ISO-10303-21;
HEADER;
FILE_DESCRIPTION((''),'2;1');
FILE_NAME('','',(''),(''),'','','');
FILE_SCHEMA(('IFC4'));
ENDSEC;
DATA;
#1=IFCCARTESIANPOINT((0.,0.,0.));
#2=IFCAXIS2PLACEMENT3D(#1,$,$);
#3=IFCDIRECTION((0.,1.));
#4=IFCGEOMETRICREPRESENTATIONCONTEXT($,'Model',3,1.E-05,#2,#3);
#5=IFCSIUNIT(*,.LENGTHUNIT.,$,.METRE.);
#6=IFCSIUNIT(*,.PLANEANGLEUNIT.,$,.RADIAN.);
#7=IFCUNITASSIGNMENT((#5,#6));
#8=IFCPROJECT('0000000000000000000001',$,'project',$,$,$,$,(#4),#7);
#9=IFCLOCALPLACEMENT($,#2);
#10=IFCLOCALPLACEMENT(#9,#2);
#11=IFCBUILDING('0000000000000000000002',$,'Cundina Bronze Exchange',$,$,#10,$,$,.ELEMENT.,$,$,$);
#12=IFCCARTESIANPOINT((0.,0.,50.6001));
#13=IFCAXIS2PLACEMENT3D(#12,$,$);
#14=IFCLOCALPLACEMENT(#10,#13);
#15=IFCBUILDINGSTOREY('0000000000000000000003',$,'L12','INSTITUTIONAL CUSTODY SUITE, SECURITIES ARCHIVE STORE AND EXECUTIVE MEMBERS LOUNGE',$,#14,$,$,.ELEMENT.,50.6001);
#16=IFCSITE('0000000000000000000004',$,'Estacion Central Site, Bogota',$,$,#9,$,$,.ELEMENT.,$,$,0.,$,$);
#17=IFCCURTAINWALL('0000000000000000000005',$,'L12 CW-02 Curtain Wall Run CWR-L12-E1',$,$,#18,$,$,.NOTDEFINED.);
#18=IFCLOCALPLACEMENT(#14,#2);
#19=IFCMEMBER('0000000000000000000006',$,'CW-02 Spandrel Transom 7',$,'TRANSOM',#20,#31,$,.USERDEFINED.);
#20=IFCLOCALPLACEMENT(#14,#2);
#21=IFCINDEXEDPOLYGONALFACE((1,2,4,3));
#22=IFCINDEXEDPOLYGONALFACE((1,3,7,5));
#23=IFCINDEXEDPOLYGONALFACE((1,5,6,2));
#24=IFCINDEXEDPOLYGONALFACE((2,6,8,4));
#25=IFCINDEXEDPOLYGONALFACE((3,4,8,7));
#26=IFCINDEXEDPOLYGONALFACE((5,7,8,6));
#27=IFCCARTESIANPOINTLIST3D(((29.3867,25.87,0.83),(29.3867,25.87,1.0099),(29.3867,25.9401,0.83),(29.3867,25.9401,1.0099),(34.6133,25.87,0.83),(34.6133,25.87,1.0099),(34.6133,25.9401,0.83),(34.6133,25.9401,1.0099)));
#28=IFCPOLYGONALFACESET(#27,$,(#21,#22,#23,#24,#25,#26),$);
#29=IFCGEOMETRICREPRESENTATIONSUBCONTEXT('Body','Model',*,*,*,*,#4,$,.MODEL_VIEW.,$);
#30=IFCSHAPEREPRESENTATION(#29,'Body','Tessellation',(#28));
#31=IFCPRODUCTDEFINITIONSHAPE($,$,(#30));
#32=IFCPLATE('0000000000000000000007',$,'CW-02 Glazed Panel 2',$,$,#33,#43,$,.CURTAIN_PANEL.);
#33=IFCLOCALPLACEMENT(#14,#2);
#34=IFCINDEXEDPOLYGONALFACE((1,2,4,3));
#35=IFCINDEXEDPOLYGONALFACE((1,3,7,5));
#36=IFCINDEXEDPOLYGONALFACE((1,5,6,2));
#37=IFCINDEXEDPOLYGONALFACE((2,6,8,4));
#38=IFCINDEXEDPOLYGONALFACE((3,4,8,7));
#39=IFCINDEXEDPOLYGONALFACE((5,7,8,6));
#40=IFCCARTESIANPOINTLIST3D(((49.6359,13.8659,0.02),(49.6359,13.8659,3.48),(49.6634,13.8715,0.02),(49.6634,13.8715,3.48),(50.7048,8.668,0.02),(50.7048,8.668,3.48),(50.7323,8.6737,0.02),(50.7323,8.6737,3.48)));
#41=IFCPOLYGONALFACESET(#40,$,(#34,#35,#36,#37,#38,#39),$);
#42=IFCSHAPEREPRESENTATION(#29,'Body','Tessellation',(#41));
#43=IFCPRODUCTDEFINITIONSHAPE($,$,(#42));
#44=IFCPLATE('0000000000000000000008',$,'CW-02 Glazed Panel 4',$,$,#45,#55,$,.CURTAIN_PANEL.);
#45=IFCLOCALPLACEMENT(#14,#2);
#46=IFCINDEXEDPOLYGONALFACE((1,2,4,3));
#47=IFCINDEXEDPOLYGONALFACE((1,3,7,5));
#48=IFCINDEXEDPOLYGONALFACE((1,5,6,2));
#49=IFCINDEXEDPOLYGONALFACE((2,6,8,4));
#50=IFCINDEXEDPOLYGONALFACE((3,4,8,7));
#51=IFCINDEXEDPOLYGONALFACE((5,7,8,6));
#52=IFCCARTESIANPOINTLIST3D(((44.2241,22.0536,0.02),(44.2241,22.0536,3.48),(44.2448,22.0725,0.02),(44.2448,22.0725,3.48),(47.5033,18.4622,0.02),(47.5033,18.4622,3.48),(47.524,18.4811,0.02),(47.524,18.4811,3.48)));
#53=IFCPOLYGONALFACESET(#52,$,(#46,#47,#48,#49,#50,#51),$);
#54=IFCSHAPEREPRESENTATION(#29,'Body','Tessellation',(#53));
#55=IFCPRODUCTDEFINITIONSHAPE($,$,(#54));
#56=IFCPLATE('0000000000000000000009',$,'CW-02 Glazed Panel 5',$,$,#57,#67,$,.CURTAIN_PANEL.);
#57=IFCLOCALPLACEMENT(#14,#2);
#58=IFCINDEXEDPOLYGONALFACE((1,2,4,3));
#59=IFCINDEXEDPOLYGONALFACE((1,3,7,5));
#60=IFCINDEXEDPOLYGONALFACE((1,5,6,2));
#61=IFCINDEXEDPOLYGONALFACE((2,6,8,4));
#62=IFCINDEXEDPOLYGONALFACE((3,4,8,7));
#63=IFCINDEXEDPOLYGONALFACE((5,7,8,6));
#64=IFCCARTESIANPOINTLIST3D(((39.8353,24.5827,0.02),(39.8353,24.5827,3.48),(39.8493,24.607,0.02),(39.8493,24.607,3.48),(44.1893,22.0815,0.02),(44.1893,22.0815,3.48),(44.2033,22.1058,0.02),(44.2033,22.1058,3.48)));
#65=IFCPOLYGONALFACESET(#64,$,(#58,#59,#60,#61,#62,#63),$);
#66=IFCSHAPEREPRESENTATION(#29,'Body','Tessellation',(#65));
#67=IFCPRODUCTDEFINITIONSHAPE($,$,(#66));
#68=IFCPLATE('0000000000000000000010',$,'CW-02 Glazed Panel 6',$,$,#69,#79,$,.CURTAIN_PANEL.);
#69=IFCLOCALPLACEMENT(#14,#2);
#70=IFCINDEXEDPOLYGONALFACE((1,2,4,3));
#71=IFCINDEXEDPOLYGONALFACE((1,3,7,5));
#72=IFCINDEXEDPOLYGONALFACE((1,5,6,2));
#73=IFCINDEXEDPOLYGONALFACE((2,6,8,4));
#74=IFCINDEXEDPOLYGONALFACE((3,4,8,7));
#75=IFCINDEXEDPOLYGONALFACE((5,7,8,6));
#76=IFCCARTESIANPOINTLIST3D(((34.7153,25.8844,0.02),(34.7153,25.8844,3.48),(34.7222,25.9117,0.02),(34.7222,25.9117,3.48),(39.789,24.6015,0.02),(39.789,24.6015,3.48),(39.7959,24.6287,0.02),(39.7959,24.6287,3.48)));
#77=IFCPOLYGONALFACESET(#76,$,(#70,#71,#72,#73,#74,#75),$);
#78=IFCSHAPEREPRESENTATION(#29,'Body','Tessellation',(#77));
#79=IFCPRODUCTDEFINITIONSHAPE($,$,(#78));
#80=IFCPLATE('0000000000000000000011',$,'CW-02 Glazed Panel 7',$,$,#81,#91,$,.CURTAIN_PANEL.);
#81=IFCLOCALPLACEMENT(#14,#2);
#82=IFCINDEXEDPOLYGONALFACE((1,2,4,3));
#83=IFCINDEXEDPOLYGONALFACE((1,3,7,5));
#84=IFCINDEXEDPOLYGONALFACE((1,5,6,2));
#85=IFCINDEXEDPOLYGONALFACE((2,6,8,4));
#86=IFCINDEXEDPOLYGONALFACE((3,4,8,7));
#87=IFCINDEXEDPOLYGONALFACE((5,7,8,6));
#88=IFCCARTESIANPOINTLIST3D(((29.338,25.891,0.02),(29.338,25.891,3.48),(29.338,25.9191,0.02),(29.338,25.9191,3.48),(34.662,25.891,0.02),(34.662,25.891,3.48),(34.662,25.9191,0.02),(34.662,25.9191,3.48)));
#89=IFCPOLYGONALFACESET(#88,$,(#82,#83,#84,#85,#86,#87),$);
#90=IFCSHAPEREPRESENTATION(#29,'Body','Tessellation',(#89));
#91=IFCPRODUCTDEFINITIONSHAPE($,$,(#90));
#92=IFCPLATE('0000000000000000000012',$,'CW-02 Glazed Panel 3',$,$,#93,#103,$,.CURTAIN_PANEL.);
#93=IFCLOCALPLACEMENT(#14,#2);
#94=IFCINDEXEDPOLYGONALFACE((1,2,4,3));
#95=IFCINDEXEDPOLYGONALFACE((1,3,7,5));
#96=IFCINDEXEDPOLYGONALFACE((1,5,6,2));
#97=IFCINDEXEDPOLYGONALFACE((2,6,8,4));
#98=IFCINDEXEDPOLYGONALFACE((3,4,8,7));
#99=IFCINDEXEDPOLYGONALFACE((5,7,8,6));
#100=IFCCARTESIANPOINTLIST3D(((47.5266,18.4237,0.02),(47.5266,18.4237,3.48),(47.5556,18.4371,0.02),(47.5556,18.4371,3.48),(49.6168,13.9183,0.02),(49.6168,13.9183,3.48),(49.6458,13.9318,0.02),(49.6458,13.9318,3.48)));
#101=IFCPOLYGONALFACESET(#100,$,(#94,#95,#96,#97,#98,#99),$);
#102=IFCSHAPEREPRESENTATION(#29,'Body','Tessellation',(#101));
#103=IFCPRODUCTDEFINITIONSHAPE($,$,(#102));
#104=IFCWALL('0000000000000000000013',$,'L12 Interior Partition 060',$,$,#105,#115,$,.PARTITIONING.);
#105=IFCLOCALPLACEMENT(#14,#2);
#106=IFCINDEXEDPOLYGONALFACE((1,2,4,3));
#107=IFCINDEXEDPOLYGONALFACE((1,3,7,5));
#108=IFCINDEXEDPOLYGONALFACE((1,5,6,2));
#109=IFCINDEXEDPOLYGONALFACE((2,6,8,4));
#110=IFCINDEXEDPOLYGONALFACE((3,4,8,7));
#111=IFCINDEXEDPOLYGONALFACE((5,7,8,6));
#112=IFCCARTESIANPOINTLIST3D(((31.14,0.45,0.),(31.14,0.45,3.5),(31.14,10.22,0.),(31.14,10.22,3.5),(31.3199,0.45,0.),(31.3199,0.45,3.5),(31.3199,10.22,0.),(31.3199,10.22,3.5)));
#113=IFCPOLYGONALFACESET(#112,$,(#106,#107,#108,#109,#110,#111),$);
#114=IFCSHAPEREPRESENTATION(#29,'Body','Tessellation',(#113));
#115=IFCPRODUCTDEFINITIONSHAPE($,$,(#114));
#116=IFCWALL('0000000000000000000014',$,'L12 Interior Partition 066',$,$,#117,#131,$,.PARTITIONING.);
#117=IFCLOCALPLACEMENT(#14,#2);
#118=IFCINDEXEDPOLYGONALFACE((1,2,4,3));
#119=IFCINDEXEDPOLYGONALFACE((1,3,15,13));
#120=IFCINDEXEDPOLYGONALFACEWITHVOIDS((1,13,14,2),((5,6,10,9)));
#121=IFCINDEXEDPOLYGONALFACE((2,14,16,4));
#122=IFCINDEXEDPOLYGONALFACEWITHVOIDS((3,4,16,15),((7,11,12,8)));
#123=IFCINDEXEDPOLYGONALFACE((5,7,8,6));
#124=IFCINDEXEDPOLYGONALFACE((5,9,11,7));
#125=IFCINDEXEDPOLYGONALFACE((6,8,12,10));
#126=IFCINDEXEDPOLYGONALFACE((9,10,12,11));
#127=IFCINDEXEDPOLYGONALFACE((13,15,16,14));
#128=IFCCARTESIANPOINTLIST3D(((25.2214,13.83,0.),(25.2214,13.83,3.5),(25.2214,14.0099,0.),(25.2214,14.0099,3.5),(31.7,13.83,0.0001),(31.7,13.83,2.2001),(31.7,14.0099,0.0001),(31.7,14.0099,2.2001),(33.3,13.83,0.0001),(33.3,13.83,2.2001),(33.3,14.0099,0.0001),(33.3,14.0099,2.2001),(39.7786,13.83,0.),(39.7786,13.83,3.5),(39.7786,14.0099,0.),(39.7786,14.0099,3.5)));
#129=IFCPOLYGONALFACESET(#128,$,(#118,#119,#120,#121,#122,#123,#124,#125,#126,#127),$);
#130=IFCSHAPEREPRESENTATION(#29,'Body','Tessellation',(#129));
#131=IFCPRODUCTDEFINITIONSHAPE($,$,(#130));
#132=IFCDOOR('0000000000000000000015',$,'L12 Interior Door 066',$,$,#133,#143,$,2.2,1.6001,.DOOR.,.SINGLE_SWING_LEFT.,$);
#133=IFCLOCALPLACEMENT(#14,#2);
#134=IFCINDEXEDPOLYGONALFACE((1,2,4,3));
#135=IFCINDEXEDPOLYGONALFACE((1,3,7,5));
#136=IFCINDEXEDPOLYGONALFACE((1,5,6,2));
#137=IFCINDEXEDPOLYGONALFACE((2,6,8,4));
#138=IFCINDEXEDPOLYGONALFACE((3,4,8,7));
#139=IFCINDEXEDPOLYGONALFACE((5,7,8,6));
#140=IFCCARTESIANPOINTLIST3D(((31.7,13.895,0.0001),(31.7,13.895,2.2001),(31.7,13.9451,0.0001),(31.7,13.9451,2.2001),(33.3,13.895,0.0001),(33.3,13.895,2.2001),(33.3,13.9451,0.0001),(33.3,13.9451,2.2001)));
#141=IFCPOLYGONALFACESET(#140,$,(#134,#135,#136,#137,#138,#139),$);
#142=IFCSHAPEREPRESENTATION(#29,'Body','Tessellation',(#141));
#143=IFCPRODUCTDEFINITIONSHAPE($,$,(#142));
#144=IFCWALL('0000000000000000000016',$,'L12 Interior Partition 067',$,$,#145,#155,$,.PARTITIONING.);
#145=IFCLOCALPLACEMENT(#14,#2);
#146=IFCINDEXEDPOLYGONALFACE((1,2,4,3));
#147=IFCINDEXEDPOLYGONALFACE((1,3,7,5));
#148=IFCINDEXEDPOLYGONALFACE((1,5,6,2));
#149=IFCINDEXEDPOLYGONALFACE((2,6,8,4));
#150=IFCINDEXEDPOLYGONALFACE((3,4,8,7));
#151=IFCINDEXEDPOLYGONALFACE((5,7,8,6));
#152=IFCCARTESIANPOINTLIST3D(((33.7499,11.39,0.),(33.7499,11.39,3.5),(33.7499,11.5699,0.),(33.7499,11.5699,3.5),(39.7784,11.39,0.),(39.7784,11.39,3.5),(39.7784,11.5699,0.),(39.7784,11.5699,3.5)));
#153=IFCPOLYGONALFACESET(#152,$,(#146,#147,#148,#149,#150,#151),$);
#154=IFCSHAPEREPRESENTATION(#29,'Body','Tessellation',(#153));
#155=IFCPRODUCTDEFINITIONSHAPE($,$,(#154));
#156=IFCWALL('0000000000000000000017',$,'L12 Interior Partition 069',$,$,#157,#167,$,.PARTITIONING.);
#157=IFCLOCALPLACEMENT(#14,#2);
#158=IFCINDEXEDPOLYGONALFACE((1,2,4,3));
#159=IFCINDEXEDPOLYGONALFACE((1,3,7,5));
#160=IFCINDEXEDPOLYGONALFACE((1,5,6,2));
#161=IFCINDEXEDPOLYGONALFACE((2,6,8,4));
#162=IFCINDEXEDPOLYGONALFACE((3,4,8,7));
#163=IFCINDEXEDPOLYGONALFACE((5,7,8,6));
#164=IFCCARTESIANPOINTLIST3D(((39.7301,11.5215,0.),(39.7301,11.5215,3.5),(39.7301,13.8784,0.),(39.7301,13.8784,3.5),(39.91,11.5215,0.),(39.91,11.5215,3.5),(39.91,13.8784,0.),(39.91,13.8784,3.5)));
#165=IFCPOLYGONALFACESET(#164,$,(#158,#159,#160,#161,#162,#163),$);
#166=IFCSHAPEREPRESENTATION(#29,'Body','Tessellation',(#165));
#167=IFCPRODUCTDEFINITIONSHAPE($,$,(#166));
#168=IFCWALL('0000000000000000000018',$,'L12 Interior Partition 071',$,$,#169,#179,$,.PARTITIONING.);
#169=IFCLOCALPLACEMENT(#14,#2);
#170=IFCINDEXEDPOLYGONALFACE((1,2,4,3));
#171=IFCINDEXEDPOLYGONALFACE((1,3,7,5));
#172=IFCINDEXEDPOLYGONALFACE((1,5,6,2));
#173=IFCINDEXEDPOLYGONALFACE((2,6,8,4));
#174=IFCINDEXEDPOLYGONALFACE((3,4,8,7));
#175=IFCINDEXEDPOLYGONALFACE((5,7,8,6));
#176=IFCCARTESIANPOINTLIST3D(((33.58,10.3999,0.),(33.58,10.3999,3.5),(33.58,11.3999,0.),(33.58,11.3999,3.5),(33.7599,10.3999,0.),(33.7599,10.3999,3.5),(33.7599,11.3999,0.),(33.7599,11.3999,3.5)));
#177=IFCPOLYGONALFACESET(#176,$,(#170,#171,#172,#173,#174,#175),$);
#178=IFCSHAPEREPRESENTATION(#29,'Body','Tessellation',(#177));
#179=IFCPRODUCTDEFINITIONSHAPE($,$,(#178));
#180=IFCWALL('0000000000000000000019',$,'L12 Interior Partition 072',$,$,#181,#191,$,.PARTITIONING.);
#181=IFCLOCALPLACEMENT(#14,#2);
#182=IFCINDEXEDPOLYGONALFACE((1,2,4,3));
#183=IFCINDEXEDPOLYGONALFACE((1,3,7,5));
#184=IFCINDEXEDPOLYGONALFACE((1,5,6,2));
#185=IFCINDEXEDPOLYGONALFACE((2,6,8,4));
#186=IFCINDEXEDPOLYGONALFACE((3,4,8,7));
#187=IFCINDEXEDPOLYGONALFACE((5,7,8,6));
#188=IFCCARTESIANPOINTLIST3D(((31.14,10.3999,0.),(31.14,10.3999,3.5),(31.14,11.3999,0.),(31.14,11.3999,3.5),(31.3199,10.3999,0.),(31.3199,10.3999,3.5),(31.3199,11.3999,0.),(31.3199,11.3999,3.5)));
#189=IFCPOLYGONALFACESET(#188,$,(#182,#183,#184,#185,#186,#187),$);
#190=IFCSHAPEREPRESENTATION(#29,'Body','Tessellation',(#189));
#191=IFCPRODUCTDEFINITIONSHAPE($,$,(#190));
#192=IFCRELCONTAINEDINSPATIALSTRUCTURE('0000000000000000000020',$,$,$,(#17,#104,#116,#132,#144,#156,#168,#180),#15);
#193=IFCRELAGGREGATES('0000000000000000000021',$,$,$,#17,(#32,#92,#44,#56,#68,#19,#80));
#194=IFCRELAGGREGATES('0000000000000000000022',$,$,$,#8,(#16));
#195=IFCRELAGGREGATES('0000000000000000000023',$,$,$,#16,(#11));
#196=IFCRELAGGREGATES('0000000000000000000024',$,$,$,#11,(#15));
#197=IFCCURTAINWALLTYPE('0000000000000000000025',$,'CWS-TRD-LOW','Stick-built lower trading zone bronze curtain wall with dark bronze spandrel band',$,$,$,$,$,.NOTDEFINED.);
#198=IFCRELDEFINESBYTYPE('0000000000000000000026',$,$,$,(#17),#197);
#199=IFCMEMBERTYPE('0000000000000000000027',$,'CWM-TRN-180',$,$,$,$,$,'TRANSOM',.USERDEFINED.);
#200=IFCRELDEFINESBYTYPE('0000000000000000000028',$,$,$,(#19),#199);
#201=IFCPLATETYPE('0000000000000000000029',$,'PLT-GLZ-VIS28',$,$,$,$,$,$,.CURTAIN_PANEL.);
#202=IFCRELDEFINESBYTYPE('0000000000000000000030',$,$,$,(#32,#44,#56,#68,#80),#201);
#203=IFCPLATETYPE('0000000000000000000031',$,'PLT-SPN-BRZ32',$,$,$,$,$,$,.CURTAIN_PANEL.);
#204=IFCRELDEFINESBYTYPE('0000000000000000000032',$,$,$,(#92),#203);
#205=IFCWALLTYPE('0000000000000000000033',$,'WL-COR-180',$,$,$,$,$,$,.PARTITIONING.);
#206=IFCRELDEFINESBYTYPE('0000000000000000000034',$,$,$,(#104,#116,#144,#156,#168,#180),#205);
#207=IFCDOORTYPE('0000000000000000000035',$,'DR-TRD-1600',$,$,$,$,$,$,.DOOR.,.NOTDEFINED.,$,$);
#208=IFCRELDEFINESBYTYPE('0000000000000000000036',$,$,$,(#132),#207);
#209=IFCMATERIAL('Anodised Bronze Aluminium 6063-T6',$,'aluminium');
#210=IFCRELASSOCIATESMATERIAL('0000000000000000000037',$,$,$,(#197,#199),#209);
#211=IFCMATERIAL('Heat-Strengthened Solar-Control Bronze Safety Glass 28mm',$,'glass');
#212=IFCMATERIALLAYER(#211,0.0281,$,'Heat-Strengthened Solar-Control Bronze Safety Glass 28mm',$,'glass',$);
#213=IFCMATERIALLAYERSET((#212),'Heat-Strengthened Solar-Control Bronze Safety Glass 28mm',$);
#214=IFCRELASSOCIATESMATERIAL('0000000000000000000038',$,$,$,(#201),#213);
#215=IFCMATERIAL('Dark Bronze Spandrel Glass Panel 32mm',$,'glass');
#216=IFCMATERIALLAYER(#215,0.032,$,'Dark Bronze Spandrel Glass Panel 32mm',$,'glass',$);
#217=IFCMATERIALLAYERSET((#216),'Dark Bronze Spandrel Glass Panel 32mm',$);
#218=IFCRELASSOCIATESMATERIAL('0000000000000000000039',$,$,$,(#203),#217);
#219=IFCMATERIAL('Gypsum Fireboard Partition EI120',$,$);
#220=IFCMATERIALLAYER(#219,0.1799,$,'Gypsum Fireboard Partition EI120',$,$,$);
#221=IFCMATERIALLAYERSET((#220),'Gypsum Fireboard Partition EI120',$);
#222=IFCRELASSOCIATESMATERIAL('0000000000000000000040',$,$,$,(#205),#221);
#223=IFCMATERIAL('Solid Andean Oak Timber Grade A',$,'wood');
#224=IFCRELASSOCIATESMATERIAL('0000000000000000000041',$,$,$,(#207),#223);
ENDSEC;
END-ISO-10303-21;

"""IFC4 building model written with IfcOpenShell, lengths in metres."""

from ifc_helpers import new_model, si_unit, direction, frame, frame_2d, origin, origin_2d, place, context, subcontext, project, spatial, rectangle, extrude, material, layer, layer_set, material_profile, profile_set, type_object, element, fill, aggregate, save


model = new_model("IFC4")

# Units and contexts
model_context = context("Model", 3, precision=1e-05, world=origin(), true_north=direction((0.0, 1.0)))
body_context = subcontext(model_context, "Body", "Model", "MODEL_VIEW")
ifc_project = project(units=[si_unit("LENGTHUNIT", "METRE"), si_unit("PLANEANGLEUNIT", "RADIAN")], contexts=[model_context])

# Site, building, storey
site_placement = place(None, origin())
site = spatial("IfcSite", under=ifc_project, at=site_placement, Name="Estacion Central Site, Bogota", CompositionType="ELEMENT", RefElevation=0.0)
building_placement = place(site_placement, origin())
building = spatial("IfcBuilding", under=site, at=building_placement, Name="Cundina Bronze Exchange", CompositionType="ELEMENT")
storey_placement = place(building_placement, frame((0.0, 0.0, 50.6001)))
storey = spatial("IfcBuildingStorey", under=building, at=storey_placement, Name="L12", Description="INSTITUTIONAL CUSTODY SUITE, SECURITIES ARCHIVE STORE AND EXECUTIVE MEMBERS LOUNGE", CompositionType="ELEMENT", Elevation=50.6001)

# Curtain wall, member, plates
ifc_material_1 = material(Name="Anodised Bronze Aluminium 6063-T6", Category="aluminium")
curtain_wall_type = type_object("IfcCurtainWallType", Name="CWS-TRD-LOW", Description="Stick-built lower trading zone bronze curtain wall with dark bronze spandrel band", PredefinedType="NOTDEFINED", material=ifc_material_1)
curtain_wall_placement = place(storey_placement, origin())
curtain_wall = element("IfcCurtainWall", 1, at=curtain_wall_placement, inside=storey, type_object=curtain_wall_type, Name="L12 CW-02 Curtain Wall Run CWR-L12-E1", PredefinedType="NOTDEFINED")
ifc_material_profile_1 = material_profile(ifc_material_1, rectangle(XDim=0.0701, YDim=0.1799, at=origin_2d()), Name="AL70X180", Category="aluminium")
ifc_profile_set_1 = profile_set([ifc_material_profile_1], Name="Anodised Bronze Aluminium 6063-T6")
member_type_1 = type_object("IfcMemberType", Name="CWM-TRN-180", ElementType="TRANSOM", PredefinedType="USERDEFINED", material=ifc_profile_set_1)
member_1_placement = place(storey_placement, frame((34.6133, 25.905, 0.9199), z_axis=(-1.0, 0.0, 0.0), x_axis=(0.0, -1.0, 0.0)))
member_1 = element("IfcMember", 2, at=member_1_placement, type_object=member_type_1, Name="CW-02 Spandrel Transom 7", ObjectType="TRANSOM", PredefinedType="USERDEFINED", context=body_context, shape_type="SweptSolid", body=[
    extrude(rectangle(XDim=0.0701, YDim=0.1799, at=origin_2d()), origin(), (0.0, 0.0, 1.0), 5.2266),
])
ifc_material_2 = material(Name="Heat-Strengthened Solar-Control Bronze Safety Glass 28mm", Category="glass")
ifc_layer_1 = layer(ifc_material_2, 0.0281, Name="Heat-Strengthened Solar-Control Bronze Safety Glass 28mm", Category="glass")
ifc_layer_set_1 = layer_set([ifc_layer_1], Name="Heat-Strengthened Solar-Control Bronze Safety Glass 28mm")
plate_type_1 = type_object("IfcPlateType", Name="PLT-GLZ-VIS28", PredefinedType="CURTAIN_PANEL", material=ifc_layer_set_1)
plate_1_placement = place(storey_placement, frame((50.1841, 11.2698, 0.02), z_axis=(0.0, 0.0, 1.0), x_axis=(-0.20142, 0.979505, 0.0)))
plate_1 = element("IfcPlate", 3, at=plate_1_placement, type_object=plate_type_1, Name="CW-02 Glazed Panel 2", PredefinedType="CURTAIN_PANEL", context=body_context, shape_type="SweptSolid", body=[
    extrude(rectangle(XDim=5.3066, YDim=0.0281, at=origin_2d()), origin(), (0.0, 0.0, 1.0), 3.46),
])
plate_2_placement = place(storey_placement, frame((45.874, 20.2673, 0.02), z_axis=(0.0, 0.0, 1.0), x_axis=(-0.674277, 0.738479, 0.0)))
plate_2 = element("IfcPlate", 4, at=plate_2_placement, type_object=plate_type_1, Name="CW-02 Glazed Panel 4", PredefinedType="CURTAIN_PANEL", context=body_context, shape_type="SweptSolid", body=[
    extrude(rectangle(XDim=4.8633, YDim=0.0281, at=origin_2d()), origin(), (0.0, 0.0, 1.0), 3.46),
])
plate_3_placement = place(storey_placement, frame((42.0193, 23.3442, 0.02), z_axis=(0.0, 0.0, 1.0), x_axis=(-0.867105, 0.498125, 0.0)))
plate_3 = element("IfcPlate", 5, at=plate_3_placement, type_object=plate_type_1, Name="CW-02 Glazed Panel 5", PredefinedType="CURTAIN_PANEL", context=body_context, shape_type="SweptSolid", body=[
    extrude(rectangle(XDim=5.0212, YDim=0.0281, at=origin_2d()), origin(), (0.0, 0.0, 1.0), 3.46),
])
plate_4_placement = place(storey_placement, frame((37.2556, 25.2566, 0.02), z_axis=(0.0, 0.0, 1.0), x_axis=(-0.969488, 0.245138, 0.0)))
plate_4 = element("IfcPlate", 6, at=plate_4_placement, type_object=plate_type_1, Name="CW-02 Glazed Panel 6", PredefinedType="CURTAIN_PANEL", context=body_context, shape_type="SweptSolid", body=[
    extrude(rectangle(XDim=5.2334, YDim=0.0281, at=origin_2d()), origin(), (0.0, 0.0, 1.0), 3.46),
])
plate_5_placement = place(storey_placement, frame((32.0, 25.905, 0.02), z_axis=(0.0, 0.0, 1.0), x_axis=(-1.0, 0.0, 0.0)))
plate_5 = element("IfcPlate", 7, at=plate_5_placement, type_object=plate_type_1, Name="CW-02 Glazed Panel 7", PredefinedType="CURTAIN_PANEL", context=body_context, shape_type="SweptSolid", body=[
    extrude(rectangle(XDim=5.324, YDim=0.0281, at=origin_2d()), origin(), (0.0, 0.0, 1.0), 3.46),
])
ifc_material_3 = material(Name="Dark Bronze Spandrel Glass Panel 32mm", Category="glass")
ifc_layer_2 = layer(ifc_material_3, 0.032, Name="Dark Bronze Spandrel Glass Panel 32mm", Category="glass")
ifc_layer_set_2 = layer_set([ifc_layer_2], Name="Dark Bronze Spandrel Glass Panel 32mm")
plate_type_2 = type_object("IfcPlateType", Name="PLT-SPN-BRZ32", PredefinedType="CURTAIN_PANEL", material=ifc_layer_set_2)
plate_6_placement = place(storey_placement, frame((48.5862, 16.1777, 0.02), z_axis=(0.0, 0.0, 1.0), x_axis=(-0.420846, 0.907132, 0.0)))
plate_6 = element("IfcPlate", 8, at=plate_6_placement, type_object=plate_type_2, Name="CW-02 Glazed Panel 3", PredefinedType="CURTAIN_PANEL", context=body_context, shape_type="SweptSolid", body=[
    extrude(rectangle(XDim=4.9666, YDim=0.032, at=origin_2d()), origin(), (0.0, 0.0, 1.0), 3.46),
])
aggregate(curtain_wall, [plate_1, plate_6, plate_2, plate_3, plate_4, member_1, plate_5])

# Wall
ifc_material_4 = material(Name="Gypsum Fireboard Partition EI120")
ifc_layer_3 = layer(ifc_material_4, 0.1799, Name="Gypsum Fireboard Partition EI120")
ifc_layer_set_3 = layer_set([ifc_layer_3], Name="Gypsum Fireboard Partition EI120")
wall_type_1 = type_object("IfcWallType", Name="WL-COR-180", PredefinedType="PARTITIONING", material=ifc_layer_set_3)
wall_1_placement = place(storey_placement, frame((31.23, 10.22, 0.0), z_axis=(0.0, 0.0, 1.0), x_axis=(0.0, -1.0, 0.0)))
element("IfcWall", 9, at=wall_1_placement, inside=storey, type_object=wall_type_1, Name="L12 Interior Partition 060", PredefinedType="PARTITIONING", context=body_context, shape_type="SweptSolid", body=[
    extrude(rectangle(XDim=9.77, YDim=0.1799, at=frame_2d((4.885, 0.0))), origin(), (0.0, 0.0, 1.0), 3.5),
])

# Wall, opening, door
wall_2_placement = place(storey_placement, frame((39.7786, 13.9199, 0.0), z_axis=(0.0, 0.0, 1.0), x_axis=(-1.0, 0.0, 0.0)))
wall_2 = element("IfcWall", 10, at=wall_2_placement, inside=storey, type_object=wall_type_1, Name="L12 Interior Partition 066", PredefinedType="PARTITIONING", context=body_context, shape_type="SweptSolid", body=[
    extrude(rectangle(XDim=14.5571, YDim=0.1799, at=frame_2d((7.2786, 0.0))), origin(), (0.0, 0.0, 1.0), 3.5),
])
opening_placement = place(wall_2_placement, frame((6.4785, 0.0, 0.0)))
opening = element("IfcOpeningElement", 11, at=opening_placement, cuts=wall_2, PredefinedType="OPENING", context=body_context, shape_type="SweptSolid", body=[
    extrude(rectangle(XDim=1.6001, YDim=2.2, at=frame_2d((0.8, 1.1001))), frame((0.0, 0.0999, 0.0), z_axis=(0.0, -1.0, 0.0), x_axis=(1.0, 0.0, 0.0)), (0.0, 0.0, 1.0), 0.2),
])
ifc_material_5 = material(Name="Solid Andean Oak Timber Grade A", Category="wood")
door_type = type_object("IfcDoorType", Name="DR-TRD-1600", OperationType="NOTDEFINED", PredefinedType="DOOR", material=ifc_material_5)
door_placement = place(opening_placement, origin())
door = element("IfcDoor", 12, at=door_placement, inside=storey, type_object=door_type, Name="L12 Interior Door 066", OperationType="SINGLE_SWING_LEFT", OverallHeight=2.2, OverallWidth=1.6001, PredefinedType="DOOR", context=body_context, shape_type="SweptSolid", body=[
    extrude(rectangle(XDim=1.6001, YDim=2.2, at=frame_2d((0.8, 1.1001))), frame((0.0, 0.0249, 0.0), z_axis=(0.0, -1.0, 0.0), x_axis=(1.0, 0.0, 0.0)), (0.0, 0.0, 1.0), 0.05),
])
fill(opening, door)

# Walls
wall_3_placement = place(storey_placement, frame((33.75, 11.48, 0.0), z_axis=(0.0, 0.0, 1.0), x_axis=(1.0, 0.0, 0.0)))
element("IfcWall", 13, at=wall_3_placement, inside=storey, type_object=wall_type_1, Name="L12 Interior Partition 067", PredefinedType="PARTITIONING", context=body_context, shape_type="SweptSolid", body=[
    extrude(rectangle(XDim=6.0286, YDim=0.1799, at=frame_2d((3.0142, 0.0))), origin(), (0.0, 0.0, 1.0), 3.5),
])
wall_4_placement = place(storey_placement, frame((39.8201, 11.5215, 0.0), z_axis=(0.0, 0.0, 1.0), x_axis=(0.0, 1.0, 0.0)))
element("IfcWall", 14, at=wall_4_placement, inside=storey, type_object=wall_type_1, Name="L12 Interior Partition 069", PredefinedType="PARTITIONING", context=body_context, shape_type="SweptSolid", body=[
    extrude(rectangle(XDim=2.3569, YDim=0.1799, at=frame_2d((1.1785, 0.0))), origin(), (0.0, 0.0, 1.0), 3.5),
])
for number, where, z_axis, x_axis, name in (
    (15, (33.6699, 10.3999, 0.0), (0.0, 0.0, 1.0), (0.0, 1.0, 0.0), "L12 Interior Partition 071"),
    (16, (31.23, 11.3999, 0.0), (0.0, 0.0, 1.0), (0.0, -1.0, 0.0), "L12 Interior Partition 072"),
):
    element("IfcWall", number, at=place(storey_placement, frame(where, z_axis=z_axis, x_axis=x_axis)), inside=storey, type_object=wall_type_1, Name=name, PredefinedType="PARTITIONING", context=body_context, shape_type="SweptSolid", body=[
        extrude(rectangle(XDim=1.0, YDim=0.1799, at=frame_2d((0.5, 0.0))), origin(), (0.0, 0.0, 1.0), 3.5),
    ])

save(model, "model.ifc")
